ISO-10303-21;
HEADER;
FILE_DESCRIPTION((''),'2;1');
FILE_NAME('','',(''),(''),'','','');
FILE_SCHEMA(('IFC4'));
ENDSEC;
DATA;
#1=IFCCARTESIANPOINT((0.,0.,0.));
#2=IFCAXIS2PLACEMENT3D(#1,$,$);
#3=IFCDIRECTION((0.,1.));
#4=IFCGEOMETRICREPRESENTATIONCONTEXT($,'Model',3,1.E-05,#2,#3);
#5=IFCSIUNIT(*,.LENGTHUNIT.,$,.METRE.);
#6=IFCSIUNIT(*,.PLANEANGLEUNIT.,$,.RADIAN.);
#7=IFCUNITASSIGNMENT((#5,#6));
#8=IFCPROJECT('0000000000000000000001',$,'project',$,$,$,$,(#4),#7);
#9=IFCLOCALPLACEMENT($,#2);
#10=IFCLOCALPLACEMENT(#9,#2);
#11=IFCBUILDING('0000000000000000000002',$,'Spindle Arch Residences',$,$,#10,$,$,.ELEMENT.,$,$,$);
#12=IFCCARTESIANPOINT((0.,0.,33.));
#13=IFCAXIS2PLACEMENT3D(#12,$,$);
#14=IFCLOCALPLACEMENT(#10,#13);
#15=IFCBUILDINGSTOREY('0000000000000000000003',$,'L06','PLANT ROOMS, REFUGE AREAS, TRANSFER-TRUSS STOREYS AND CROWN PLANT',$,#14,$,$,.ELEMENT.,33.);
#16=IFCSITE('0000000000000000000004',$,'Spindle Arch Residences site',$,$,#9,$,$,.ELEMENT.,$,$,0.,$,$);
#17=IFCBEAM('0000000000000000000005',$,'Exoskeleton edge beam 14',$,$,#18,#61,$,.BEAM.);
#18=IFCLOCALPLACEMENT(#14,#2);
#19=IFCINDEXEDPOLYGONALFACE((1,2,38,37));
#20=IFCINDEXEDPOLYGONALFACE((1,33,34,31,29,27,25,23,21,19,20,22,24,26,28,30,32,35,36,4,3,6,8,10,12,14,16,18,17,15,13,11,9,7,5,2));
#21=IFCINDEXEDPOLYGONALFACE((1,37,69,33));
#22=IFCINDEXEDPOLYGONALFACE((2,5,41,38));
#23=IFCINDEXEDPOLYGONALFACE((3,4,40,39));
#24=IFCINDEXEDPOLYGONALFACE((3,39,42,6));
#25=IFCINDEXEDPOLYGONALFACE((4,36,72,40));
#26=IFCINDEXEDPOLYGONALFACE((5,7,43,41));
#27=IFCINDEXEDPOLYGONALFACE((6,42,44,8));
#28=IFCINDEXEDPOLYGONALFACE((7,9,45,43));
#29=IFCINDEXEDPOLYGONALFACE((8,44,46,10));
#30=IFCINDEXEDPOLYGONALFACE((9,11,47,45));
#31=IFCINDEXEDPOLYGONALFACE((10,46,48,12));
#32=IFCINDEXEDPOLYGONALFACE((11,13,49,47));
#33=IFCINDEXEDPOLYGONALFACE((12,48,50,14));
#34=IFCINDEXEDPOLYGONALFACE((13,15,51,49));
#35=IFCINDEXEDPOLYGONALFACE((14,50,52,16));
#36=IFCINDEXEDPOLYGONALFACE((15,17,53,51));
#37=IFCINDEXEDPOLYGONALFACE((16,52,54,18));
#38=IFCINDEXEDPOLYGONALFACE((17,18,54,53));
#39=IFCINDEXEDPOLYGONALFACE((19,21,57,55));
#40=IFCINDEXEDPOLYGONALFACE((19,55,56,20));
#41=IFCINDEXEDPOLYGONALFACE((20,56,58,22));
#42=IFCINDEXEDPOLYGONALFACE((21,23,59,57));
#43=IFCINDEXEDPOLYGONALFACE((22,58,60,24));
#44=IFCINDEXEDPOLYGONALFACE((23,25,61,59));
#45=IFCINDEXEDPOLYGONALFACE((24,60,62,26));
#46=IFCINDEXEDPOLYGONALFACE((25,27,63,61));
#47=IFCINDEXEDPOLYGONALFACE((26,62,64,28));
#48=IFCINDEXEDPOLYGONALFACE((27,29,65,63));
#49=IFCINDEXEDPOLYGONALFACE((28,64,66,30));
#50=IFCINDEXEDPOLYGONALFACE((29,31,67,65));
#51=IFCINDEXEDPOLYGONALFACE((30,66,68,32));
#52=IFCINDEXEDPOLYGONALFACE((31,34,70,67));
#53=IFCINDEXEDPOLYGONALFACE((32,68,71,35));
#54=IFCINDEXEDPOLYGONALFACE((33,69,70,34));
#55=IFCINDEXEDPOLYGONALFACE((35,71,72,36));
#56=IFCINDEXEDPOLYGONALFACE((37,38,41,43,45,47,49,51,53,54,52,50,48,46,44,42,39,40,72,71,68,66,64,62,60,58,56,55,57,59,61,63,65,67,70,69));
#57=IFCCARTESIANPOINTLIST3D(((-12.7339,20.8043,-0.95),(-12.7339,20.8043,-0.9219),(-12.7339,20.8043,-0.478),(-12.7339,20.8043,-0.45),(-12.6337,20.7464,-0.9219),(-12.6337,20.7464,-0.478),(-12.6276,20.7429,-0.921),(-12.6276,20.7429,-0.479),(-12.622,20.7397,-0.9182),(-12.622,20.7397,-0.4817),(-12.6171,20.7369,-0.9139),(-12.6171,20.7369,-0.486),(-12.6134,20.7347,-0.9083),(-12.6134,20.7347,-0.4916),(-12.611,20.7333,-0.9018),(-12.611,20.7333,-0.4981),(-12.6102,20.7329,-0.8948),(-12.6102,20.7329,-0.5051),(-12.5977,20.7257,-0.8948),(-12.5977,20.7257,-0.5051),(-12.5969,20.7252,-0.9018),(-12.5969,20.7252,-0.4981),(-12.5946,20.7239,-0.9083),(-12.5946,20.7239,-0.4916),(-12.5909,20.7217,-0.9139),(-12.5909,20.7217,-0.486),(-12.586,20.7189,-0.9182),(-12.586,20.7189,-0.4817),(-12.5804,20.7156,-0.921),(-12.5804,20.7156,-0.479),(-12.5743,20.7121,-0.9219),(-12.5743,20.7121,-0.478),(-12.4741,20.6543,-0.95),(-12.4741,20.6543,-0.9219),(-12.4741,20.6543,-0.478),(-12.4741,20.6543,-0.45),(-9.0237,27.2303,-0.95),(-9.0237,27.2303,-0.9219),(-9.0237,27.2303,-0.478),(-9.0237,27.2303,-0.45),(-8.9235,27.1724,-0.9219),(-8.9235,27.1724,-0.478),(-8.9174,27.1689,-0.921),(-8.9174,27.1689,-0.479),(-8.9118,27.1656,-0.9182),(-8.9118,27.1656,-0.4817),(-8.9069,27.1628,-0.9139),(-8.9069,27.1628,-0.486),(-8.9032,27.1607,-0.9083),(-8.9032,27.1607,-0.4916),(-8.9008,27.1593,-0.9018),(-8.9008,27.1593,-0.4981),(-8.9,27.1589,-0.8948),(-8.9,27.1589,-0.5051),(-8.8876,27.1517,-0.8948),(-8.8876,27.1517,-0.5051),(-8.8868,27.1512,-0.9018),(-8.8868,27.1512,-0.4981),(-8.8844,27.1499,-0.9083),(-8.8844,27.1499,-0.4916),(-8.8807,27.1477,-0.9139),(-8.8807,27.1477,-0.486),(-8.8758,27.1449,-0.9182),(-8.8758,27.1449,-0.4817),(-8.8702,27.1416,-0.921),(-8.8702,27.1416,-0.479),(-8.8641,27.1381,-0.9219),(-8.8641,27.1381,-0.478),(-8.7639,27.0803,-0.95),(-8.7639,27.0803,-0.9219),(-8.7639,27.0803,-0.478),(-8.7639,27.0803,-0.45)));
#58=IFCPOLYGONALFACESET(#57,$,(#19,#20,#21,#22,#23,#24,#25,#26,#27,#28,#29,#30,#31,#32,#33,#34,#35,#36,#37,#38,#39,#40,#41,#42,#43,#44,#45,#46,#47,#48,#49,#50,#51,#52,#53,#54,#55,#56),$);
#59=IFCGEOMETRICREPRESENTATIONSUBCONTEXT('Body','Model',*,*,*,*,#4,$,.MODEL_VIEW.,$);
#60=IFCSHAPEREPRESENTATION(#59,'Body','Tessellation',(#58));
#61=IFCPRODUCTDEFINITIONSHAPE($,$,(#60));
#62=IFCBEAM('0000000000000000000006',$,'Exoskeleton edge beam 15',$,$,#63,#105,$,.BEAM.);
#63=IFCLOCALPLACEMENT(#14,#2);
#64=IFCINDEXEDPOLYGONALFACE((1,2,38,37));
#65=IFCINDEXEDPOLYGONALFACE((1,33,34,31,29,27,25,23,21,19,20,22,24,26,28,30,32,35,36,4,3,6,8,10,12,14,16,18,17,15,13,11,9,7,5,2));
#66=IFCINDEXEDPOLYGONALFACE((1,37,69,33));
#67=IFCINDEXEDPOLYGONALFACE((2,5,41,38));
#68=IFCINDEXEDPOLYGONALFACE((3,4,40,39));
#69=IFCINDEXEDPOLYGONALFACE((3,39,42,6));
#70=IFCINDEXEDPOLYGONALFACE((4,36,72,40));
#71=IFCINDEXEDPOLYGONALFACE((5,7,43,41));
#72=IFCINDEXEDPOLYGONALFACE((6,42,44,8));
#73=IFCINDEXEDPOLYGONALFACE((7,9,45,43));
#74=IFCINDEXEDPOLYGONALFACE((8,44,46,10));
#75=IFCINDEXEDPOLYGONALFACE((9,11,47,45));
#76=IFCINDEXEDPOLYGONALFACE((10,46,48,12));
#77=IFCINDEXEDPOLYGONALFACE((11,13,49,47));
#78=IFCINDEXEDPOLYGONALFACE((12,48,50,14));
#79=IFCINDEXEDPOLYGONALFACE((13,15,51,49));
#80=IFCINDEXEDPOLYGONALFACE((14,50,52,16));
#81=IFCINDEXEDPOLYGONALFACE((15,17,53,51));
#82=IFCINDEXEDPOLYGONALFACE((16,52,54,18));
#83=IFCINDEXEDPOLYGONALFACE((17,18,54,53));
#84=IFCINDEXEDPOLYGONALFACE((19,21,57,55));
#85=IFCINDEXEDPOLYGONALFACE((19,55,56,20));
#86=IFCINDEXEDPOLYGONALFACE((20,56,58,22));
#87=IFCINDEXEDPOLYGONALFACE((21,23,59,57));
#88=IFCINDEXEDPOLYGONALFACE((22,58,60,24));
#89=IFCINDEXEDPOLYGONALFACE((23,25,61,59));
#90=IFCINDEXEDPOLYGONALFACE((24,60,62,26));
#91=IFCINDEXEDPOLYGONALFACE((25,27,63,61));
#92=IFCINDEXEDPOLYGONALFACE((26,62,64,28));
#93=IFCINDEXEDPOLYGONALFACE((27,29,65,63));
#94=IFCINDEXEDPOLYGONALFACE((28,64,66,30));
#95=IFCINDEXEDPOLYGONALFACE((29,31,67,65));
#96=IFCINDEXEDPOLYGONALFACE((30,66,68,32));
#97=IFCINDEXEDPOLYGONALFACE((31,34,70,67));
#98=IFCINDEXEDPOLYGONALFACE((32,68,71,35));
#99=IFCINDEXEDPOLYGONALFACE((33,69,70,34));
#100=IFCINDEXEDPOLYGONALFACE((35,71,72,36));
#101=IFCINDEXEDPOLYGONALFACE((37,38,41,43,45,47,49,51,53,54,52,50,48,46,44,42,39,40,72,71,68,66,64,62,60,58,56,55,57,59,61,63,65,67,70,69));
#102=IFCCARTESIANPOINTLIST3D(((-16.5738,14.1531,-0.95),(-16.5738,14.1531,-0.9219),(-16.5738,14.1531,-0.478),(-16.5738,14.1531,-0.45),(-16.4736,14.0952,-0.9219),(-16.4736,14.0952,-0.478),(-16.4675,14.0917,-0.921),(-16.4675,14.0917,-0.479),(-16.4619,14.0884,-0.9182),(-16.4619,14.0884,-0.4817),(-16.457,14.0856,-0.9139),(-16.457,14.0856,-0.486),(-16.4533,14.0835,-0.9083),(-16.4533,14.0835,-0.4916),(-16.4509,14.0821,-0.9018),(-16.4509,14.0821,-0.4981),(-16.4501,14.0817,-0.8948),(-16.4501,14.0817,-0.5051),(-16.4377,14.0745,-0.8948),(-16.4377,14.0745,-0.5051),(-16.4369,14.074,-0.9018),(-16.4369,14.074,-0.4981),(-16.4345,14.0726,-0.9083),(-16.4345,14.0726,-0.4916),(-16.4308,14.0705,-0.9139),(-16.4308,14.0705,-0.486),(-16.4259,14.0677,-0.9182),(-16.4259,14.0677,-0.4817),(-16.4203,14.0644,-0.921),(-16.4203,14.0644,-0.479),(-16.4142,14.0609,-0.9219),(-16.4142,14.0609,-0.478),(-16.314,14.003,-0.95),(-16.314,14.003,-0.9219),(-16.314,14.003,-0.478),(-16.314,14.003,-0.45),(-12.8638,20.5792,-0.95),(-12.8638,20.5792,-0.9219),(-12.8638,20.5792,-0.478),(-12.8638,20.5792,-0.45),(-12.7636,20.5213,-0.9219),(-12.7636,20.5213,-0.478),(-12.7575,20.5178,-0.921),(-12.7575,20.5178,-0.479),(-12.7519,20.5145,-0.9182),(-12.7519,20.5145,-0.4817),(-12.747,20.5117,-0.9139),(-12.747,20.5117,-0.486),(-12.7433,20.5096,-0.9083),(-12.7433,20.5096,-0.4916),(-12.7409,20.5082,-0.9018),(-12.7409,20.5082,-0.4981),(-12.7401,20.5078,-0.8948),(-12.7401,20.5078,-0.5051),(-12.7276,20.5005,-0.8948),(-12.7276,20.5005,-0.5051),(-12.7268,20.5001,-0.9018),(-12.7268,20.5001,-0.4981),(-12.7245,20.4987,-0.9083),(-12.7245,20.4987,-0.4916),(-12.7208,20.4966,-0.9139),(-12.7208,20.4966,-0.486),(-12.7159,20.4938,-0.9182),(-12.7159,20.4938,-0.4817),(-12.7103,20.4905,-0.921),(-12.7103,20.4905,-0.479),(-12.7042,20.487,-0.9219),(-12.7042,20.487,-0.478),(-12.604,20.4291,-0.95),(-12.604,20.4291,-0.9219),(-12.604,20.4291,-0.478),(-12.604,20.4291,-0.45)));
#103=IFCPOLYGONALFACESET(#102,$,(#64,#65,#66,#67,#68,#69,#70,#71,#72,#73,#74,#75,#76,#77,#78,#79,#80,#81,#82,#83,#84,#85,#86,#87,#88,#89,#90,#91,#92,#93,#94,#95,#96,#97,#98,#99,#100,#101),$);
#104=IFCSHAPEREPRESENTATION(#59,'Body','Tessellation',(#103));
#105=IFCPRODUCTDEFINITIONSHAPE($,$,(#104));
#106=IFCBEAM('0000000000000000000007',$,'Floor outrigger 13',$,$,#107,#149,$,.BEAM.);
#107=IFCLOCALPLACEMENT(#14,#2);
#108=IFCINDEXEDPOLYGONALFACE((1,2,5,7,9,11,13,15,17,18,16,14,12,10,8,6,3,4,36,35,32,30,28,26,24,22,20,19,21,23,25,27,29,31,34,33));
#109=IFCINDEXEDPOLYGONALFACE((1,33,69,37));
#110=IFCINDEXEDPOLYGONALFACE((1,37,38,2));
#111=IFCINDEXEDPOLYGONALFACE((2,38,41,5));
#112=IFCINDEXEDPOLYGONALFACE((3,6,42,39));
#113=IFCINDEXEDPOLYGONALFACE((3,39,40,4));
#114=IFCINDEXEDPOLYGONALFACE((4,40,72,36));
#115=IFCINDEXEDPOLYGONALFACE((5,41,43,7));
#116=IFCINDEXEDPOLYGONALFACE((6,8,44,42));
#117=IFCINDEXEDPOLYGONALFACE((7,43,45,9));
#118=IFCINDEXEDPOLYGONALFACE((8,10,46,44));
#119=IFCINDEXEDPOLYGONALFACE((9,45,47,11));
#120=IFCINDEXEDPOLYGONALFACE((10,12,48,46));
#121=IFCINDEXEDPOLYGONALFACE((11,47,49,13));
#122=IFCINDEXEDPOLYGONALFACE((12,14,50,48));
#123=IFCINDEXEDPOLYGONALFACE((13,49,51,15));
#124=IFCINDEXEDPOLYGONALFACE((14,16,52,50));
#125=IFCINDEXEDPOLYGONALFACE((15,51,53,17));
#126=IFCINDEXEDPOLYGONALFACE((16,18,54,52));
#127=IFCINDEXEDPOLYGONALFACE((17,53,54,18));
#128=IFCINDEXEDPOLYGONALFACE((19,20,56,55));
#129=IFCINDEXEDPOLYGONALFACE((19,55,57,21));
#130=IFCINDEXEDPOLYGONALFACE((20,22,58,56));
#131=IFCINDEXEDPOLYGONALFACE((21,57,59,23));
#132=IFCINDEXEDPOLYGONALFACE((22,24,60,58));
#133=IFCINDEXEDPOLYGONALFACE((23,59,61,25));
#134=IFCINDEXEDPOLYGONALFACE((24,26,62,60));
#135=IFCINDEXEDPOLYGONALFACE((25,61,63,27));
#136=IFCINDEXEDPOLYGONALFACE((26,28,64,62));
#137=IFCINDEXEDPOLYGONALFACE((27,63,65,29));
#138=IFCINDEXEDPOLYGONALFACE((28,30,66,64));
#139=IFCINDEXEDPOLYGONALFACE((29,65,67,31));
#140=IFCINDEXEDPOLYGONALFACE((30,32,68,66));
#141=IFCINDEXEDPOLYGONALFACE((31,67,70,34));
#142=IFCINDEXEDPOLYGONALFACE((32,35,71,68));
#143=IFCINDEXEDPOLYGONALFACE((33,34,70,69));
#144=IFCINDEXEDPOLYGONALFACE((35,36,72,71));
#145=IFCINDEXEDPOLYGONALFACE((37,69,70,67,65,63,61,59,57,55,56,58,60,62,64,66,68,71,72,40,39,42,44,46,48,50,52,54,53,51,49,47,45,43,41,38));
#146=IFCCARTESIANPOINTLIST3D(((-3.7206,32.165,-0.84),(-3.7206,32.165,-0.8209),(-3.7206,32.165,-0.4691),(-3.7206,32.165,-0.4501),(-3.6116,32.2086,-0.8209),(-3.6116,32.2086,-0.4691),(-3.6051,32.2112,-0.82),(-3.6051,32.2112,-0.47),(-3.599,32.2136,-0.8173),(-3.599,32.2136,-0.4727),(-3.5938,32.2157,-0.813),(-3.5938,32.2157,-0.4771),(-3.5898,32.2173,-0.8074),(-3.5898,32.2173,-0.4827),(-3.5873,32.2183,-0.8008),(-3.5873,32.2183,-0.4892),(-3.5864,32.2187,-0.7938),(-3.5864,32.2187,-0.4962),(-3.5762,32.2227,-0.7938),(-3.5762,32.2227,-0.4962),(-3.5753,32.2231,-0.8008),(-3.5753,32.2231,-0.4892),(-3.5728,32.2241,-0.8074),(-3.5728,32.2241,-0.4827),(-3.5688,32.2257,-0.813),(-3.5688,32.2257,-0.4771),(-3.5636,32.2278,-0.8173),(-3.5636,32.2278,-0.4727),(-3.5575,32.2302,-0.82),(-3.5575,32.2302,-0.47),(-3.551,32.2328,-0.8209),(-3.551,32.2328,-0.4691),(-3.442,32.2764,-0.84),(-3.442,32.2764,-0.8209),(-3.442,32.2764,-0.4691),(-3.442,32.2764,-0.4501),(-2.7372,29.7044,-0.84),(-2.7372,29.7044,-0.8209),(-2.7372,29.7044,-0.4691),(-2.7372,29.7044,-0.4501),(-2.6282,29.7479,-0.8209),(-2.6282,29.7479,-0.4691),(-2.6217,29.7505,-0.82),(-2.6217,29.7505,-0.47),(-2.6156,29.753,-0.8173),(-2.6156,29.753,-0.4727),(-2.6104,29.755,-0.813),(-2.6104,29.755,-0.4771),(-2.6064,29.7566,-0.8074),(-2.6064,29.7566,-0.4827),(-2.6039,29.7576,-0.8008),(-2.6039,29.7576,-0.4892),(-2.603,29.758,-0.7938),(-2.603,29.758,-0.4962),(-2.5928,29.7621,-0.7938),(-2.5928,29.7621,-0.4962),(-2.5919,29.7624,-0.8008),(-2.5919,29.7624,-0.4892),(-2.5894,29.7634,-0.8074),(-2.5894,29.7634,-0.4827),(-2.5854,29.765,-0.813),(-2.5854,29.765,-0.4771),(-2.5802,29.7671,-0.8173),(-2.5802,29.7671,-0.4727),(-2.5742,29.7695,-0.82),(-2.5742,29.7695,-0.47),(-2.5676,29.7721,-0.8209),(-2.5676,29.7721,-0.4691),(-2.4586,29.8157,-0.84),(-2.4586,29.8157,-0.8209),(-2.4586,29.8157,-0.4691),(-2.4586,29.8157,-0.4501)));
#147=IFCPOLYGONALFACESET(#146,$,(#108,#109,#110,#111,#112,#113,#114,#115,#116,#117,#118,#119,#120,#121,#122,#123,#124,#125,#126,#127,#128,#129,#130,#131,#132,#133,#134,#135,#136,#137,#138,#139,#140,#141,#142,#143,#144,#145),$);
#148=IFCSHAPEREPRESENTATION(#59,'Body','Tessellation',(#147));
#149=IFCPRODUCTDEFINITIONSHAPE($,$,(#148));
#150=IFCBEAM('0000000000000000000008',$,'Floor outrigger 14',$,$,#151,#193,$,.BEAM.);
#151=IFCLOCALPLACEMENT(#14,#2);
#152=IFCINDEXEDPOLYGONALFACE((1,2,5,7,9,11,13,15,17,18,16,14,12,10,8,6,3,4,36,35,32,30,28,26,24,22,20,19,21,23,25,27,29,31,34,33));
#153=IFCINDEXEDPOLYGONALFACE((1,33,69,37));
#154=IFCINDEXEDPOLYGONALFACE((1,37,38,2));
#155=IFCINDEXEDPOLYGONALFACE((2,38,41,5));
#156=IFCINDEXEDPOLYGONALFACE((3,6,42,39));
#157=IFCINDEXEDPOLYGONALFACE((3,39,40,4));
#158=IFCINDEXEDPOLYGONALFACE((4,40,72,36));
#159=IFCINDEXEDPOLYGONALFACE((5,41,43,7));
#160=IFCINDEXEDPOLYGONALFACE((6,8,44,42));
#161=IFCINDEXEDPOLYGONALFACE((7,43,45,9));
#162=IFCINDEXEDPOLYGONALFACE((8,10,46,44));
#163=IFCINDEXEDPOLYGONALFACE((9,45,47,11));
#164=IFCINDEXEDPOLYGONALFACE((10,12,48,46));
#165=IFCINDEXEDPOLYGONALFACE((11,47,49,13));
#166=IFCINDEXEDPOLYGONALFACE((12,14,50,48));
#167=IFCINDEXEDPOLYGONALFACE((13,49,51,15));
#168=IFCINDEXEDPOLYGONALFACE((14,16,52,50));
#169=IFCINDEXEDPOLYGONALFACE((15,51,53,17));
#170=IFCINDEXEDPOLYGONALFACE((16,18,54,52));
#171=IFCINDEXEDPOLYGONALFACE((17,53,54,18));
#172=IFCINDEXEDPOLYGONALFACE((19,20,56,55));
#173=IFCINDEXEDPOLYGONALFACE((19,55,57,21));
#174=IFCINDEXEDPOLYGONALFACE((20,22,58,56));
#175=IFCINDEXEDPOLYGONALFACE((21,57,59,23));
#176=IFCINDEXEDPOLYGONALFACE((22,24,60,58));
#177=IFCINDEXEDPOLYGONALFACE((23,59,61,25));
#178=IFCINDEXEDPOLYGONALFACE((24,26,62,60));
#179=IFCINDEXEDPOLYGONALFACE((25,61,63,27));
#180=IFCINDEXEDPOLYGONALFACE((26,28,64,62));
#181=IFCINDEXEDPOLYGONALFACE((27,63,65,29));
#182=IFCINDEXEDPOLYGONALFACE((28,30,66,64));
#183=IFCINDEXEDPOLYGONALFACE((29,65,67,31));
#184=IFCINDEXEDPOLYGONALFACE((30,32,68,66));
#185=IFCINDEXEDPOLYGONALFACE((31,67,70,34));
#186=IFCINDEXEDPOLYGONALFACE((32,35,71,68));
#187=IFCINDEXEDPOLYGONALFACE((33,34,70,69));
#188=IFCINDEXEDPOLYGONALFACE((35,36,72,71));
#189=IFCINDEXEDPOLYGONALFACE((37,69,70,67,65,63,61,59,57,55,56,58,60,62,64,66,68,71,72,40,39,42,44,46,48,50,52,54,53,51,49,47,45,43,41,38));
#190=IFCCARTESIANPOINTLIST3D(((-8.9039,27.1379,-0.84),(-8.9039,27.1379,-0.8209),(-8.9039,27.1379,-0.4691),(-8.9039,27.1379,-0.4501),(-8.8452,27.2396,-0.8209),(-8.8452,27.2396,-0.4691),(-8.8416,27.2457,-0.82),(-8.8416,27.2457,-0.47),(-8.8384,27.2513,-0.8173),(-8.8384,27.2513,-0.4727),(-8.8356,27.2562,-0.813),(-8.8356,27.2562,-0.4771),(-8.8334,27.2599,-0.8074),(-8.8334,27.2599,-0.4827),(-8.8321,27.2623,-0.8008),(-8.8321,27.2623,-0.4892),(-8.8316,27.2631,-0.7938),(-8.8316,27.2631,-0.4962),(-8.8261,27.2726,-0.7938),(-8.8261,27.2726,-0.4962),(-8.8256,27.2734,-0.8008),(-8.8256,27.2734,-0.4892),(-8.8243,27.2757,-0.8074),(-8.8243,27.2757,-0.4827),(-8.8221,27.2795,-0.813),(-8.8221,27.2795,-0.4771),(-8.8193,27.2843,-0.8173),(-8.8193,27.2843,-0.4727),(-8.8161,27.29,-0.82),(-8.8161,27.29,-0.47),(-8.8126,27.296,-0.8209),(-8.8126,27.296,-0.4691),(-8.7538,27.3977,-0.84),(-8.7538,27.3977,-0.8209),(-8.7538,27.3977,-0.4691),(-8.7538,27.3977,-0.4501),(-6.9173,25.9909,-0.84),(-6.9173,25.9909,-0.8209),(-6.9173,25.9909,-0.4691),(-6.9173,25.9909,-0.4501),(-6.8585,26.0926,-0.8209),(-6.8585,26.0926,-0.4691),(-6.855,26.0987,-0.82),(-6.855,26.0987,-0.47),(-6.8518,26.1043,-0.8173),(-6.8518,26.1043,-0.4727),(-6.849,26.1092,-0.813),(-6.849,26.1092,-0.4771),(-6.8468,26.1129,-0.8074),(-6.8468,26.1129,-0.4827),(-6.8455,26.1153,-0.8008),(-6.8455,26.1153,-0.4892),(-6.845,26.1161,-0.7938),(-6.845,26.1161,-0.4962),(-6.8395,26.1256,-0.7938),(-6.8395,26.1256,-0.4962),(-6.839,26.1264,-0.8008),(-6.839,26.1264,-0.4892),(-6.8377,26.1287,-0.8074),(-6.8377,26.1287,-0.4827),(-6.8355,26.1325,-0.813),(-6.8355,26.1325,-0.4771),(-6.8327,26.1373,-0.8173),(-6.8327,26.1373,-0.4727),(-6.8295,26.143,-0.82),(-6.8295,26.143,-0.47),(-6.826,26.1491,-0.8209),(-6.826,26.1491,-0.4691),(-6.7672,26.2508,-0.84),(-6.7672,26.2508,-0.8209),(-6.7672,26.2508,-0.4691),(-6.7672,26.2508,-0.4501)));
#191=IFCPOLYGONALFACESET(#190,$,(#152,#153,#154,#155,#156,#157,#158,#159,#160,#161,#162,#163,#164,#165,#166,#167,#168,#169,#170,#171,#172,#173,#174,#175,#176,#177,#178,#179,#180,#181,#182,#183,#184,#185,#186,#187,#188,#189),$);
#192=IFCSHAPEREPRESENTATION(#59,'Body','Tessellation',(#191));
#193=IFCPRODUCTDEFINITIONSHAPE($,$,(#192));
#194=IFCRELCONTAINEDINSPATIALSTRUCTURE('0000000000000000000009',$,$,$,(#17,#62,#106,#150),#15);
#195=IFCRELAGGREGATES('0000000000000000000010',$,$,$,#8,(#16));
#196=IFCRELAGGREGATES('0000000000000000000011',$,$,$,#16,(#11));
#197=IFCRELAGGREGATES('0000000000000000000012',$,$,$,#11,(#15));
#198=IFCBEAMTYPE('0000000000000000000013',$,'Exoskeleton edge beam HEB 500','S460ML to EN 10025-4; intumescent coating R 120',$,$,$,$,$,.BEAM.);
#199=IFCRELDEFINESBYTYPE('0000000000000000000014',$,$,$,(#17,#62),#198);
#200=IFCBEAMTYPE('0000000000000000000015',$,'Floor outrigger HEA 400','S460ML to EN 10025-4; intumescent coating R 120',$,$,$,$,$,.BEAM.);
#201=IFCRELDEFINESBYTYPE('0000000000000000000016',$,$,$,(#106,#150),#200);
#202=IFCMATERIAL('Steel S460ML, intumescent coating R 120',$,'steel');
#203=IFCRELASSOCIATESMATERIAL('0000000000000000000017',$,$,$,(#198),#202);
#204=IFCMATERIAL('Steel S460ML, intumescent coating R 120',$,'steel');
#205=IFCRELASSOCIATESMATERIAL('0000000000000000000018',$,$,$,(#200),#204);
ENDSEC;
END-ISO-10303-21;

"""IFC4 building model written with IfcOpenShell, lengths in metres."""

from ifc_helpers import new_model, si_unit, direction, frame, origin, origin_2d, place, context, subcontext, project, spatial, i_section, extrude, material, material_profile, profile_set, type_object, element, save


model = new_model("IFC4")

# Units and contexts
model_context = context("Model", 3, precision=1e-05, world=origin(), true_north=direction((0.0, 1.0)))
body_context = subcontext(model_context, "Body", "Model", "MODEL_VIEW")
ifc_project = project(units=[si_unit("LENGTHUNIT", "METRE"), si_unit("PLANEANGLEUNIT", "RADIAN")], contexts=[model_context])

# Site, building, storey
site_placement = place(None, origin())
site = spatial("IfcSite", under=ifc_project, at=site_placement, Name="Spindle Arch Residences site", CompositionType="ELEMENT", RefElevation=0.0)
building_placement = place(site_placement, origin())
building = spatial("IfcBuilding", under=site, at=building_placement, Name="Spindle Arch Residences", CompositionType="ELEMENT")
storey_placement = place(building_placement, frame((0.0, 0.0, 33.0)))
storey = spatial("IfcBuildingStorey", under=building, at=storey_placement, Name="L06", Description="PLANT ROOMS, REFUGE AREAS, TRANSFER-TRUSS STOREYS AND CROWN PLANT", CompositionType="ELEMENT", Elevation=33.0)

# Beams
ifc_material_1 = material(Name="Steel S460ML, intumescent coating R 120", Category="steel")
ifc_material_profile_1 = material_profile(ifc_material_1, i_section(OverallWidth=0.3, OverallDepth=0.5, WebThickness=0.0144, FlangeThickness=0.0281, FilletRadius=0.0271, at=origin_2d()), Name="HEB 500")
ifc_profile_set_1 = profile_set([ifc_material_profile_1], Name="Steel S460ML, intumescent coating R 120")
beam_type_1 = type_object("IfcBeamType", Name="Exoskeleton edge beam HEB 500", Description="S460ML to EN 10025-4; intumescent coating R 120", PredefinedType="BEAM", material=ifc_profile_set_1)
for number, where, z_axis, x_axis, name in (
    (1, (-8.8938, 27.1553, -0.7), (-0.500014, -0.866017, 0.0), (0.866017, -0.500014, 0.0), "Exoskeleton edge beam 14"),
    (2, (-12.7339, 20.5042, -0.7), (-0.499989, -0.866032, 0.0), (0.866032, -0.499989, 0.0), "Exoskeleton edge beam 15"),
):
    element("IfcBeam", number, at=place(storey_placement, frame(where, z_axis=z_axis, x_axis=x_axis)), inside=storey, type_object=beam_type_1, Name=name, PredefinedType="BEAM", context=body_context, shape_type="SweptSolid", body=[
        extrude(i_section(OverallWidth=0.3, OverallDepth=0.5, WebThickness=0.0144, FlangeThickness=0.0281, FilletRadius=0.0271, at=origin_2d()), origin(), (0.0, 0.0, 1.0), 7.4202),
    ])
ifc_material_2 = material(Name="Steel S460ML, intumescent coating R 120", Category="steel")
ifc_material_profile_2 = material_profile(ifc_material_2, i_section(OverallWidth=0.3, OverallDepth=0.3899, WebThickness=0.011, FlangeThickness=0.019, FilletRadius=0.0271, at=origin_2d()), Name="HEA 400")
ifc_profile_set_2 = profile_set([ifc_material_profile_2], Name="Steel S460ML, intumescent coating R 120")
beam_type_2 = type_object("IfcBeamType", Name="Floor outrigger HEA 400", Description="S460ML to EN 10025-4; intumescent coating R 120", PredefinedType="BEAM", material=ifc_profile_set_2)
beam_1_placement = place(storey_placement, frame((-3.5813, 32.2207, -0.645), z_axis=(0.371105, -0.928591, 0.0), x_axis=(0.928591, 0.371105, 0.0)))
element("IfcBeam", 3, at=beam_1_placement, inside=storey, type_object=beam_type_2, Name="Floor outrigger 13", PredefinedType="BEAM", context=body_context, shape_type="SweptSolid", body=[
    extrude(i_section(OverallWidth=0.3, OverallDepth=0.3899, WebThickness=0.011, FlangeThickness=0.019, FilletRadius=0.0271, at=origin_2d()), origin(), (0.0, 0.0, 1.0), 2.6499),
])
beam_2_placement = place(storey_placement, frame((-8.8289, 27.2678, -0.645), z_axis=(0.866021, -0.500008, 0.0), x_axis=(0.500008, 0.866021, 0.0)))
element("IfcBeam", 4, at=beam_2_placement, inside=storey, type_object=beam_type_2, Name="Floor outrigger 14", PredefinedType="BEAM", context=body_context, shape_type="SweptSolid", body=[
    extrude(i_section(OverallWidth=0.3, OverallDepth=0.3899, WebThickness=0.011, FlangeThickness=0.019, FilletRadius=0.0271, at=origin_2d()), origin(), (0.0, 0.0, 1.0), 2.2939),
])

save(model, "model.ifc")
